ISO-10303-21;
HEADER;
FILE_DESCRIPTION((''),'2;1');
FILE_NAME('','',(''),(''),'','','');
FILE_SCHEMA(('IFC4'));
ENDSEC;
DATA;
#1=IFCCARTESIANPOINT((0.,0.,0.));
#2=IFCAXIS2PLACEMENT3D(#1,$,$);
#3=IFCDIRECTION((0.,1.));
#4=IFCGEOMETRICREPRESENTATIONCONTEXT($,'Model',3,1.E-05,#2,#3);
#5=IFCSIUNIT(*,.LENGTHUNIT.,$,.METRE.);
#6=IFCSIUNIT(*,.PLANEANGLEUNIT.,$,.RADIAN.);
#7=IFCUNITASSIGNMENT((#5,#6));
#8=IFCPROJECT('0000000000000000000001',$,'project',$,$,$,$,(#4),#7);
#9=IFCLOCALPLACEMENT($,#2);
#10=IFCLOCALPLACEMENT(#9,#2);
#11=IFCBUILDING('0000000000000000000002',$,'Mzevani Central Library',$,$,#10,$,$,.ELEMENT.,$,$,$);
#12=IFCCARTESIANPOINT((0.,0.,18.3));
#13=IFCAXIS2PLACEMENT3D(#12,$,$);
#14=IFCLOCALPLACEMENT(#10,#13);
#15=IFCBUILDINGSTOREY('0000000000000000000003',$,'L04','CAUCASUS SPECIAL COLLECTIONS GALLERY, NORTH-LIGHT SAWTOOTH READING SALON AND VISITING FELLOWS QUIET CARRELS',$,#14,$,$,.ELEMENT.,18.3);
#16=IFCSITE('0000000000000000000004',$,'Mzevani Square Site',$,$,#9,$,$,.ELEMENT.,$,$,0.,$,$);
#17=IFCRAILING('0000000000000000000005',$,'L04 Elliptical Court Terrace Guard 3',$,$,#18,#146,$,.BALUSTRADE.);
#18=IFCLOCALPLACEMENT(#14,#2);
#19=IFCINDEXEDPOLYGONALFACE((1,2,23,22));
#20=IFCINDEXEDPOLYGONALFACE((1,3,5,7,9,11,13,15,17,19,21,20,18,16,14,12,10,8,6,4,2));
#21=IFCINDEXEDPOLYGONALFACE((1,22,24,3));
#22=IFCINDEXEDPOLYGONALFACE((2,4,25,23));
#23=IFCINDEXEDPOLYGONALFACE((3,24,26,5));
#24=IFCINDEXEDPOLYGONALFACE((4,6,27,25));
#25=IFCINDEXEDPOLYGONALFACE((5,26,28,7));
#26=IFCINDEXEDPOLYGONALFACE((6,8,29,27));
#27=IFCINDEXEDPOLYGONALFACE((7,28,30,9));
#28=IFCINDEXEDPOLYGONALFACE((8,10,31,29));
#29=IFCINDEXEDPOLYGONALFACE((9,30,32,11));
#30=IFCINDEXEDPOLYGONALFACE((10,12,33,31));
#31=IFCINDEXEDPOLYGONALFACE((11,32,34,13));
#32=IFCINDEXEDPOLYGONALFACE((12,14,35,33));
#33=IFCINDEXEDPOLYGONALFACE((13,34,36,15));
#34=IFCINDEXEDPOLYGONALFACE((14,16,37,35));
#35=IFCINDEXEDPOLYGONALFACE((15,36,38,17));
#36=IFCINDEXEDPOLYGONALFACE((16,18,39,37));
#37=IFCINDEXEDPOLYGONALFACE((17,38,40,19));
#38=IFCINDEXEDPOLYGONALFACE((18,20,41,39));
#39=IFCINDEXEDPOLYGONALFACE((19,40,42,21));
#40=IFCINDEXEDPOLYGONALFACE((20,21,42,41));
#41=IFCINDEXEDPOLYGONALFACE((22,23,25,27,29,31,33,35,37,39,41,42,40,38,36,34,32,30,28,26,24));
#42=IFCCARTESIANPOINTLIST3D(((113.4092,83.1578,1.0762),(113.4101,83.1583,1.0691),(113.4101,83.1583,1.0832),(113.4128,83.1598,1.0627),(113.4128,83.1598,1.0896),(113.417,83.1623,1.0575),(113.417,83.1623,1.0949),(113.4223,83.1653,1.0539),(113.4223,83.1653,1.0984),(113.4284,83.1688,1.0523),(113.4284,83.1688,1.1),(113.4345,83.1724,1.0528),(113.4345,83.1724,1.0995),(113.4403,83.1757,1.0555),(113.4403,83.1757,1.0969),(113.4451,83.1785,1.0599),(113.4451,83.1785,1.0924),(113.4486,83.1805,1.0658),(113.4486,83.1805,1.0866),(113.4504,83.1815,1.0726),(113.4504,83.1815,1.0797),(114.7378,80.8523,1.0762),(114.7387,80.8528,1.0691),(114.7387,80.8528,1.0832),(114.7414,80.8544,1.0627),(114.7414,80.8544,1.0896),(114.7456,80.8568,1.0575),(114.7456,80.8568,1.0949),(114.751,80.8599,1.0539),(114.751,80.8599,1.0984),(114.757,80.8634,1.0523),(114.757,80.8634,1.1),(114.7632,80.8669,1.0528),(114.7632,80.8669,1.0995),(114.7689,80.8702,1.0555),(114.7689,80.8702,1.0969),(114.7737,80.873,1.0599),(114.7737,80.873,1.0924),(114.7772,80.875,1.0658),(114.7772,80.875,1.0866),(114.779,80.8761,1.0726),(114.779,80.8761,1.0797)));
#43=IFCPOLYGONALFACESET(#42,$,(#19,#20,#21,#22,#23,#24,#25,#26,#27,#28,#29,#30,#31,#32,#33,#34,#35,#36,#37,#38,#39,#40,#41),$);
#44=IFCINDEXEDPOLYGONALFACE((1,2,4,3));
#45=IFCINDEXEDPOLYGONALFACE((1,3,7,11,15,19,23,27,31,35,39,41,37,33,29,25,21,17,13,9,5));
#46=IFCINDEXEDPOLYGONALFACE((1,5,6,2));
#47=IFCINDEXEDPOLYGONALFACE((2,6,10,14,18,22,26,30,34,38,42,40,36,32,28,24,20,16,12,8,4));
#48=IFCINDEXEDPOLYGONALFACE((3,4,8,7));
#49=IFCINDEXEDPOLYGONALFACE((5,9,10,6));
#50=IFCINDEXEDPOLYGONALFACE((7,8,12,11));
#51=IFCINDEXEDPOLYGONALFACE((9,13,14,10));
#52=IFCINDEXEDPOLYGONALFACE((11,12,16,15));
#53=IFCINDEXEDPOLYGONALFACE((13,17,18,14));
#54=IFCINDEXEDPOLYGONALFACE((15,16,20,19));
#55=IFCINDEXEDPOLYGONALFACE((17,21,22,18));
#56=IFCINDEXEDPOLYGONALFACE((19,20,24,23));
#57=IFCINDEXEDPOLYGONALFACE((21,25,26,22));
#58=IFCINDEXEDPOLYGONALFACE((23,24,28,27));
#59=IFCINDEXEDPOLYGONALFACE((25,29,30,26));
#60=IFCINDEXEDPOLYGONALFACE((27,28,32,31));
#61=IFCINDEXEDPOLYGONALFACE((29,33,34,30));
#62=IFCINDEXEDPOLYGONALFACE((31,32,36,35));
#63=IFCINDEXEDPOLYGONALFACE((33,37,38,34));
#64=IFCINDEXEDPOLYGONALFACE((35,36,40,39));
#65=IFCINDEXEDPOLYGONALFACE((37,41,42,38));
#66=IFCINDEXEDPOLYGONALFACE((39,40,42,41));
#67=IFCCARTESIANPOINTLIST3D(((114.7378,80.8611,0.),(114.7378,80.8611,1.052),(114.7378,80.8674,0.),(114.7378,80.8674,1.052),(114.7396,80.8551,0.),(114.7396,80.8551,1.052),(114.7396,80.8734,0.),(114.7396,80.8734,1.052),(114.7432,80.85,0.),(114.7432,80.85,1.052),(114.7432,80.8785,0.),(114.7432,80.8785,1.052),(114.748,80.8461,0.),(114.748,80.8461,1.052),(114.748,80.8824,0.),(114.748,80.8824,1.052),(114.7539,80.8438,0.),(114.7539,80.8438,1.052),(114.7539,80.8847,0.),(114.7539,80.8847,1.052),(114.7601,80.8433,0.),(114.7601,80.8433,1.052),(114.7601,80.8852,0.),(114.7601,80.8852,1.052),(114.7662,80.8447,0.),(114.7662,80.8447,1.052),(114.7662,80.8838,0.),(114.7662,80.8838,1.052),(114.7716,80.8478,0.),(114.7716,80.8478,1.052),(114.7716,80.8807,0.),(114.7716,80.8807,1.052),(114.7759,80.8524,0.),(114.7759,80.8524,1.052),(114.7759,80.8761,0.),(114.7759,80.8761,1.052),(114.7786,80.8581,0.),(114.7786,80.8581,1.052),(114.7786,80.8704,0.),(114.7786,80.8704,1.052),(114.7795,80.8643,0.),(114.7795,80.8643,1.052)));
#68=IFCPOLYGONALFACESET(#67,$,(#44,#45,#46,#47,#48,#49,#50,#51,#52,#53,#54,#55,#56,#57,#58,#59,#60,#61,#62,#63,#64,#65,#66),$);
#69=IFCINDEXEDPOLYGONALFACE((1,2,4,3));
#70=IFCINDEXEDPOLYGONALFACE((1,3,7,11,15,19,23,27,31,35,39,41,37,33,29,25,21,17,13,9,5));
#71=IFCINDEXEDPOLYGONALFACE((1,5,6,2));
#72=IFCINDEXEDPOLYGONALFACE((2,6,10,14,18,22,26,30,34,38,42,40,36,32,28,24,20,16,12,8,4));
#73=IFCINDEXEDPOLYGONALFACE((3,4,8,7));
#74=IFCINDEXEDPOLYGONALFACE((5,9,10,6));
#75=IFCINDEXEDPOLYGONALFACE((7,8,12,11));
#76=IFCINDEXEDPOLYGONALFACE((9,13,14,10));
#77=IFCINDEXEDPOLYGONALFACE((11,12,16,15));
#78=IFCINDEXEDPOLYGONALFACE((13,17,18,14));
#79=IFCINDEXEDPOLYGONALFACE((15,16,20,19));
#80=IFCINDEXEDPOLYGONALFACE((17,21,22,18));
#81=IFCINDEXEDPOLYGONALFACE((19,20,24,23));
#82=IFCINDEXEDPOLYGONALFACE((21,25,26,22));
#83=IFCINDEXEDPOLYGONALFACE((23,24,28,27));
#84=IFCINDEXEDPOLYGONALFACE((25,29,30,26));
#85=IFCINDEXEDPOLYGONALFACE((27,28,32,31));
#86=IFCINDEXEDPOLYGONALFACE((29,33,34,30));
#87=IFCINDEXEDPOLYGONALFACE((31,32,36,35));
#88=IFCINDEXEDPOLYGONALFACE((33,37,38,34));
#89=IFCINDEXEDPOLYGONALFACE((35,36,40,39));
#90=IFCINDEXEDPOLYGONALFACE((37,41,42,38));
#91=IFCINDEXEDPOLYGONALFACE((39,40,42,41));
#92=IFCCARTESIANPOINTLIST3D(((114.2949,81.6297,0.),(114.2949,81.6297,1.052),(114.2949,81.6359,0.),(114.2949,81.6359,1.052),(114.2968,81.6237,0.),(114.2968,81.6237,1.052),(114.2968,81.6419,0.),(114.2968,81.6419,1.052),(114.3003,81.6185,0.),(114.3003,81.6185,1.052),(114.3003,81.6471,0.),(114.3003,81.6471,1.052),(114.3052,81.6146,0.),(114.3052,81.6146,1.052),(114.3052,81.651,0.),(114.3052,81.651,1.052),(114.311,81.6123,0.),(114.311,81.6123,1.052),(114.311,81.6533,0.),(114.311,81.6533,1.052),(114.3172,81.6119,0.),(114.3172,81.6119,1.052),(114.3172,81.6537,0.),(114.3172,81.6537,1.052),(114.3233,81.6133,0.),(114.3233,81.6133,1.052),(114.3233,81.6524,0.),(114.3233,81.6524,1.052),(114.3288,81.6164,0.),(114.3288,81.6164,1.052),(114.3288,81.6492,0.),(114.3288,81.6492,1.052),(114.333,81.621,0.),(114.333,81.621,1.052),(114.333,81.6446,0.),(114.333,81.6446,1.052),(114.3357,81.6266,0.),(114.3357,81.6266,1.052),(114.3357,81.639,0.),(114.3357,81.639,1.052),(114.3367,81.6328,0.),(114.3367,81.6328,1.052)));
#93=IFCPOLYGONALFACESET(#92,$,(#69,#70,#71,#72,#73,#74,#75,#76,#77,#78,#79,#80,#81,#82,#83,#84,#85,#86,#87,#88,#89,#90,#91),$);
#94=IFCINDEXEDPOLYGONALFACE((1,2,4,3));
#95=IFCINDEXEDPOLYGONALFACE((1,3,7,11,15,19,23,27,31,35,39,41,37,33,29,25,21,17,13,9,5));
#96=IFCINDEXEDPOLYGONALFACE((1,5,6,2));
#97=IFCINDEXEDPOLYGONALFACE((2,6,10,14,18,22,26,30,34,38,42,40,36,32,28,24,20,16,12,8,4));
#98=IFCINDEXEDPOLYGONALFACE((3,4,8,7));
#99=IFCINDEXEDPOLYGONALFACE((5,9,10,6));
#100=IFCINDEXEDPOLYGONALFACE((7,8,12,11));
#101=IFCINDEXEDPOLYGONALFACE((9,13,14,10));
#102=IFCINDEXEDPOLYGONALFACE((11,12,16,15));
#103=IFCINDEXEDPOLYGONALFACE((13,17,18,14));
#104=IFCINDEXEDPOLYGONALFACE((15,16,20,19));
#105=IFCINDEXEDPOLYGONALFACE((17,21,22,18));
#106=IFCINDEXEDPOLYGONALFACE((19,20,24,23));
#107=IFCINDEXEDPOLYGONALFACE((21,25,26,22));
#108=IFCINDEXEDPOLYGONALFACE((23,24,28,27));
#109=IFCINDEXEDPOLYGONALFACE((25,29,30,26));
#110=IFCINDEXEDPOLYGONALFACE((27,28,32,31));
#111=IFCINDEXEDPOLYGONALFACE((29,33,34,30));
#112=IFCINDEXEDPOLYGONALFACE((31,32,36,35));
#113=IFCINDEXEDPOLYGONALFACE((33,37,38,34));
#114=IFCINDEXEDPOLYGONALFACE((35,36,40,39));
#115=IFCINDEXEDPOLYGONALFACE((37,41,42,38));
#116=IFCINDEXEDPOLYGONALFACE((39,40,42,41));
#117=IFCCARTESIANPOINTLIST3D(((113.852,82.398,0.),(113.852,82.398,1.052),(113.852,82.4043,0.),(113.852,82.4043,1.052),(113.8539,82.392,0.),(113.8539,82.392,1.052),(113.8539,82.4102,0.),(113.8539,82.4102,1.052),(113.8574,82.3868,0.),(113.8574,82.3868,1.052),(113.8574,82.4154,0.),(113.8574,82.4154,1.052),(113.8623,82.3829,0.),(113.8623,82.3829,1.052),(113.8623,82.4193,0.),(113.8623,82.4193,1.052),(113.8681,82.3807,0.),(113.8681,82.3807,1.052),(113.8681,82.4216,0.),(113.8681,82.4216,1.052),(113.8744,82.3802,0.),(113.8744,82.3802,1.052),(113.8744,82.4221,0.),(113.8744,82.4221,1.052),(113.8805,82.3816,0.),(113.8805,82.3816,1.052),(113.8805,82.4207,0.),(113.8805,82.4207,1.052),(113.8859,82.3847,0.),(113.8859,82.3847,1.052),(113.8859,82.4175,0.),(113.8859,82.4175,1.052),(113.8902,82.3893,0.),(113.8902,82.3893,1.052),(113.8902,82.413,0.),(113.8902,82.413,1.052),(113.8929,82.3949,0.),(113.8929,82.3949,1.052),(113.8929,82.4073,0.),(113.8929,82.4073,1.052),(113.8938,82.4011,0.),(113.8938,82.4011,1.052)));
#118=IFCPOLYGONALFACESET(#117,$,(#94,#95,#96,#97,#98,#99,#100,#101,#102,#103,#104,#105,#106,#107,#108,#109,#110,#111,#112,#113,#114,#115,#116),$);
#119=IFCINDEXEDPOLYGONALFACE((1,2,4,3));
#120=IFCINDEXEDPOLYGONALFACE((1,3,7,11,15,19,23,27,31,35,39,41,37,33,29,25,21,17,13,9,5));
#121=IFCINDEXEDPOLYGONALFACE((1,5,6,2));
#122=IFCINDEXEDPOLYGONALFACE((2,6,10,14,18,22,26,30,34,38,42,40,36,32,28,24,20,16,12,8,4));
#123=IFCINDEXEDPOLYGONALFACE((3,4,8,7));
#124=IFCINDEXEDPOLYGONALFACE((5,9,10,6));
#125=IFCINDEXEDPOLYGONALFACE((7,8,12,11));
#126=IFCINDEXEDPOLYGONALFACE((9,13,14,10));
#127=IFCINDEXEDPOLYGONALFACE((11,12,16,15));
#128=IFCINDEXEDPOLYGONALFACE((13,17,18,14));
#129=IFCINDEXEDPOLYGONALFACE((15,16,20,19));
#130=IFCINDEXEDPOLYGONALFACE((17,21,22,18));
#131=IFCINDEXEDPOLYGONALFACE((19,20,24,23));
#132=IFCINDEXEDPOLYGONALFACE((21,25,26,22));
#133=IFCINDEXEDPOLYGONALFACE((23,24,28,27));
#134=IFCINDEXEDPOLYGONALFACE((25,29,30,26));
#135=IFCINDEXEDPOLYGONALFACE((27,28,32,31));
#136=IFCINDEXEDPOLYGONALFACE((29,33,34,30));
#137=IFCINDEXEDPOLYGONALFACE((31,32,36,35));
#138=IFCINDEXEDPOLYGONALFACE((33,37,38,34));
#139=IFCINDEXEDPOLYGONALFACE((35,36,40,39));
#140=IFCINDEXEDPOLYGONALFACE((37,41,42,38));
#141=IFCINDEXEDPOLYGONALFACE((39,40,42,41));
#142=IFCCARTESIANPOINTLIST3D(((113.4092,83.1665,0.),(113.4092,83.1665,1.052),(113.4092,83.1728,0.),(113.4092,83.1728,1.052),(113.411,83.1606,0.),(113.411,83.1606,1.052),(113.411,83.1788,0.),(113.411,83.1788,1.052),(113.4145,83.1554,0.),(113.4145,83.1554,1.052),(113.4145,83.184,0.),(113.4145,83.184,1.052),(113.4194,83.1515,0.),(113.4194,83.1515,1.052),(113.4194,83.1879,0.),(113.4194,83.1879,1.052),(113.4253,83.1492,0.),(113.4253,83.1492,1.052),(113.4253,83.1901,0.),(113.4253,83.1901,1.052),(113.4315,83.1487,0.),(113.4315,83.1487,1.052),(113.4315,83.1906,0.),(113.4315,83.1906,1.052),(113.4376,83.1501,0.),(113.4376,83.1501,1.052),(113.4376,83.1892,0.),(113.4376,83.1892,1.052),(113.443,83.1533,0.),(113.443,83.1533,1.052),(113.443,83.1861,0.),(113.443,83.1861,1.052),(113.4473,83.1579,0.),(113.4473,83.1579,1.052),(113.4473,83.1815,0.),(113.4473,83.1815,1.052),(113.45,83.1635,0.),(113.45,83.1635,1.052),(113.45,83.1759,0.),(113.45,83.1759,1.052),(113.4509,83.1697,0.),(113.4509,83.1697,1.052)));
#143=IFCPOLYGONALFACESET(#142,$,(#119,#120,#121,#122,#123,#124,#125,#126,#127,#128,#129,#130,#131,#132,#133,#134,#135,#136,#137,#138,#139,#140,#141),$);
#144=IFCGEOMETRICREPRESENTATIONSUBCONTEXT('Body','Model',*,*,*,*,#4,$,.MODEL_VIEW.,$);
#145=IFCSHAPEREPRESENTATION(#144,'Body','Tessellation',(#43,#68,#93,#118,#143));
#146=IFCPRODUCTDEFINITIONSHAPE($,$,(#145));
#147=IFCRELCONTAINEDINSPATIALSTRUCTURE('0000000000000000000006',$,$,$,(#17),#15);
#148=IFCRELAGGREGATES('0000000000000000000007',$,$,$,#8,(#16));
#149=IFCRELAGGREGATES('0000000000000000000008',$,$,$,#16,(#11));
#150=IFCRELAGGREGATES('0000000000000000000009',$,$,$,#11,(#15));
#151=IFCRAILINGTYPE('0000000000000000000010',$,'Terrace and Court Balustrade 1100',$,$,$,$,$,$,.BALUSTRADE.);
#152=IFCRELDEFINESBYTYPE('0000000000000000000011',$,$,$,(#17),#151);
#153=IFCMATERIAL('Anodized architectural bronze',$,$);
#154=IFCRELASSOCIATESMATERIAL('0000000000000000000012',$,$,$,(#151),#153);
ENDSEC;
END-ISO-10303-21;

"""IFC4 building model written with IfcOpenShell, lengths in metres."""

from ifc_helpers import new_model, si_unit, direction, frame, origin, origin_2d, place, context, subcontext, project, spatial, circle, extrude, material, type_object, element, save


model = new_model("IFC4")

# Units and contexts
model_context = context("Model", 3, precision=1e-05, world=origin(), true_north=direction((0.0, 1.0)))
body_context = subcontext(model_context, "Body", "Model", "MODEL_VIEW")
ifc_project = project(units=[si_unit("LENGTHUNIT", "METRE"), si_unit("PLANEANGLEUNIT", "RADIAN")], contexts=[model_context])

# Site, building, storey
site_placement = place(None, origin())
site = spatial("IfcSite", under=ifc_project, at=site_placement, Name="Mzevani Square Site", CompositionType="ELEMENT", RefElevation=0.0)
building_placement = place(site_placement, origin())
building = spatial("IfcBuilding", under=site, at=building_placement, Name="Mzevani Central Library", CompositionType="ELEMENT")
storey_placement = place(building_placement, frame((0.0, 0.0, 18.3)))
storey = spatial("IfcBuildingStorey", under=building, at=storey_placement, Name="L04", Description="CAUCASUS SPECIAL COLLECTIONS GALLERY, NORTH-LIGHT SAWTOOTH READING SALON AND VISITING FELLOWS QUIET CARRELS", CompositionType="ELEMENT", Elevation=18.3)

# Railing
ifc_material_1 = material(Name="Anodized architectural bronze")
railing_type = type_object("IfcRailingType", Name="Terrace and Court Balustrade 1100", PredefinedType="BALUSTRADE", material=ifc_material_1)
railing_1_placement = place(storey_placement, frame((114.7585, 80.8643, 0.0)))
element("IfcRailing", 1, at=railing_1_placement, inside=storey, type_object=railing_type, Name="L04 Elliptical Court Terrace Guard 3", PredefinedType="BALUSTRADE", context=body_context, shape_type="SweptSolid", body=[
    extrude(circle(Radius=0.0239, at=origin_2d()), frame((0.0, 0.0, 1.0762), z_axis=(-0.499317, 0.866419, 0.0), x_axis=(-0.866419, -0.499317, 0.0)), (0.0, 0.0, 1.0), 2.6609),
    extrude(circle(Radius=0.021, at=origin_2d()), origin(), (0.0, 0.0, 1.0), 1.052),
    extrude(circle(Radius=0.021, at=origin_2d()), frame((-0.4429, 0.7686, 0.0)), (0.0, 0.0, 1.0), 1.052),
    extrude(circle(Radius=0.021, at=origin_2d()), frame((-0.8857, 1.5369, 0.0)), (0.0, 0.0, 1.0), 1.052),
    extrude(circle(Radius=0.021, at=origin_2d()), frame((-1.3286, 2.3054, 0.0)), (0.0, 0.0, 1.0), 1.052),
])

save(model, "model.ifc")
